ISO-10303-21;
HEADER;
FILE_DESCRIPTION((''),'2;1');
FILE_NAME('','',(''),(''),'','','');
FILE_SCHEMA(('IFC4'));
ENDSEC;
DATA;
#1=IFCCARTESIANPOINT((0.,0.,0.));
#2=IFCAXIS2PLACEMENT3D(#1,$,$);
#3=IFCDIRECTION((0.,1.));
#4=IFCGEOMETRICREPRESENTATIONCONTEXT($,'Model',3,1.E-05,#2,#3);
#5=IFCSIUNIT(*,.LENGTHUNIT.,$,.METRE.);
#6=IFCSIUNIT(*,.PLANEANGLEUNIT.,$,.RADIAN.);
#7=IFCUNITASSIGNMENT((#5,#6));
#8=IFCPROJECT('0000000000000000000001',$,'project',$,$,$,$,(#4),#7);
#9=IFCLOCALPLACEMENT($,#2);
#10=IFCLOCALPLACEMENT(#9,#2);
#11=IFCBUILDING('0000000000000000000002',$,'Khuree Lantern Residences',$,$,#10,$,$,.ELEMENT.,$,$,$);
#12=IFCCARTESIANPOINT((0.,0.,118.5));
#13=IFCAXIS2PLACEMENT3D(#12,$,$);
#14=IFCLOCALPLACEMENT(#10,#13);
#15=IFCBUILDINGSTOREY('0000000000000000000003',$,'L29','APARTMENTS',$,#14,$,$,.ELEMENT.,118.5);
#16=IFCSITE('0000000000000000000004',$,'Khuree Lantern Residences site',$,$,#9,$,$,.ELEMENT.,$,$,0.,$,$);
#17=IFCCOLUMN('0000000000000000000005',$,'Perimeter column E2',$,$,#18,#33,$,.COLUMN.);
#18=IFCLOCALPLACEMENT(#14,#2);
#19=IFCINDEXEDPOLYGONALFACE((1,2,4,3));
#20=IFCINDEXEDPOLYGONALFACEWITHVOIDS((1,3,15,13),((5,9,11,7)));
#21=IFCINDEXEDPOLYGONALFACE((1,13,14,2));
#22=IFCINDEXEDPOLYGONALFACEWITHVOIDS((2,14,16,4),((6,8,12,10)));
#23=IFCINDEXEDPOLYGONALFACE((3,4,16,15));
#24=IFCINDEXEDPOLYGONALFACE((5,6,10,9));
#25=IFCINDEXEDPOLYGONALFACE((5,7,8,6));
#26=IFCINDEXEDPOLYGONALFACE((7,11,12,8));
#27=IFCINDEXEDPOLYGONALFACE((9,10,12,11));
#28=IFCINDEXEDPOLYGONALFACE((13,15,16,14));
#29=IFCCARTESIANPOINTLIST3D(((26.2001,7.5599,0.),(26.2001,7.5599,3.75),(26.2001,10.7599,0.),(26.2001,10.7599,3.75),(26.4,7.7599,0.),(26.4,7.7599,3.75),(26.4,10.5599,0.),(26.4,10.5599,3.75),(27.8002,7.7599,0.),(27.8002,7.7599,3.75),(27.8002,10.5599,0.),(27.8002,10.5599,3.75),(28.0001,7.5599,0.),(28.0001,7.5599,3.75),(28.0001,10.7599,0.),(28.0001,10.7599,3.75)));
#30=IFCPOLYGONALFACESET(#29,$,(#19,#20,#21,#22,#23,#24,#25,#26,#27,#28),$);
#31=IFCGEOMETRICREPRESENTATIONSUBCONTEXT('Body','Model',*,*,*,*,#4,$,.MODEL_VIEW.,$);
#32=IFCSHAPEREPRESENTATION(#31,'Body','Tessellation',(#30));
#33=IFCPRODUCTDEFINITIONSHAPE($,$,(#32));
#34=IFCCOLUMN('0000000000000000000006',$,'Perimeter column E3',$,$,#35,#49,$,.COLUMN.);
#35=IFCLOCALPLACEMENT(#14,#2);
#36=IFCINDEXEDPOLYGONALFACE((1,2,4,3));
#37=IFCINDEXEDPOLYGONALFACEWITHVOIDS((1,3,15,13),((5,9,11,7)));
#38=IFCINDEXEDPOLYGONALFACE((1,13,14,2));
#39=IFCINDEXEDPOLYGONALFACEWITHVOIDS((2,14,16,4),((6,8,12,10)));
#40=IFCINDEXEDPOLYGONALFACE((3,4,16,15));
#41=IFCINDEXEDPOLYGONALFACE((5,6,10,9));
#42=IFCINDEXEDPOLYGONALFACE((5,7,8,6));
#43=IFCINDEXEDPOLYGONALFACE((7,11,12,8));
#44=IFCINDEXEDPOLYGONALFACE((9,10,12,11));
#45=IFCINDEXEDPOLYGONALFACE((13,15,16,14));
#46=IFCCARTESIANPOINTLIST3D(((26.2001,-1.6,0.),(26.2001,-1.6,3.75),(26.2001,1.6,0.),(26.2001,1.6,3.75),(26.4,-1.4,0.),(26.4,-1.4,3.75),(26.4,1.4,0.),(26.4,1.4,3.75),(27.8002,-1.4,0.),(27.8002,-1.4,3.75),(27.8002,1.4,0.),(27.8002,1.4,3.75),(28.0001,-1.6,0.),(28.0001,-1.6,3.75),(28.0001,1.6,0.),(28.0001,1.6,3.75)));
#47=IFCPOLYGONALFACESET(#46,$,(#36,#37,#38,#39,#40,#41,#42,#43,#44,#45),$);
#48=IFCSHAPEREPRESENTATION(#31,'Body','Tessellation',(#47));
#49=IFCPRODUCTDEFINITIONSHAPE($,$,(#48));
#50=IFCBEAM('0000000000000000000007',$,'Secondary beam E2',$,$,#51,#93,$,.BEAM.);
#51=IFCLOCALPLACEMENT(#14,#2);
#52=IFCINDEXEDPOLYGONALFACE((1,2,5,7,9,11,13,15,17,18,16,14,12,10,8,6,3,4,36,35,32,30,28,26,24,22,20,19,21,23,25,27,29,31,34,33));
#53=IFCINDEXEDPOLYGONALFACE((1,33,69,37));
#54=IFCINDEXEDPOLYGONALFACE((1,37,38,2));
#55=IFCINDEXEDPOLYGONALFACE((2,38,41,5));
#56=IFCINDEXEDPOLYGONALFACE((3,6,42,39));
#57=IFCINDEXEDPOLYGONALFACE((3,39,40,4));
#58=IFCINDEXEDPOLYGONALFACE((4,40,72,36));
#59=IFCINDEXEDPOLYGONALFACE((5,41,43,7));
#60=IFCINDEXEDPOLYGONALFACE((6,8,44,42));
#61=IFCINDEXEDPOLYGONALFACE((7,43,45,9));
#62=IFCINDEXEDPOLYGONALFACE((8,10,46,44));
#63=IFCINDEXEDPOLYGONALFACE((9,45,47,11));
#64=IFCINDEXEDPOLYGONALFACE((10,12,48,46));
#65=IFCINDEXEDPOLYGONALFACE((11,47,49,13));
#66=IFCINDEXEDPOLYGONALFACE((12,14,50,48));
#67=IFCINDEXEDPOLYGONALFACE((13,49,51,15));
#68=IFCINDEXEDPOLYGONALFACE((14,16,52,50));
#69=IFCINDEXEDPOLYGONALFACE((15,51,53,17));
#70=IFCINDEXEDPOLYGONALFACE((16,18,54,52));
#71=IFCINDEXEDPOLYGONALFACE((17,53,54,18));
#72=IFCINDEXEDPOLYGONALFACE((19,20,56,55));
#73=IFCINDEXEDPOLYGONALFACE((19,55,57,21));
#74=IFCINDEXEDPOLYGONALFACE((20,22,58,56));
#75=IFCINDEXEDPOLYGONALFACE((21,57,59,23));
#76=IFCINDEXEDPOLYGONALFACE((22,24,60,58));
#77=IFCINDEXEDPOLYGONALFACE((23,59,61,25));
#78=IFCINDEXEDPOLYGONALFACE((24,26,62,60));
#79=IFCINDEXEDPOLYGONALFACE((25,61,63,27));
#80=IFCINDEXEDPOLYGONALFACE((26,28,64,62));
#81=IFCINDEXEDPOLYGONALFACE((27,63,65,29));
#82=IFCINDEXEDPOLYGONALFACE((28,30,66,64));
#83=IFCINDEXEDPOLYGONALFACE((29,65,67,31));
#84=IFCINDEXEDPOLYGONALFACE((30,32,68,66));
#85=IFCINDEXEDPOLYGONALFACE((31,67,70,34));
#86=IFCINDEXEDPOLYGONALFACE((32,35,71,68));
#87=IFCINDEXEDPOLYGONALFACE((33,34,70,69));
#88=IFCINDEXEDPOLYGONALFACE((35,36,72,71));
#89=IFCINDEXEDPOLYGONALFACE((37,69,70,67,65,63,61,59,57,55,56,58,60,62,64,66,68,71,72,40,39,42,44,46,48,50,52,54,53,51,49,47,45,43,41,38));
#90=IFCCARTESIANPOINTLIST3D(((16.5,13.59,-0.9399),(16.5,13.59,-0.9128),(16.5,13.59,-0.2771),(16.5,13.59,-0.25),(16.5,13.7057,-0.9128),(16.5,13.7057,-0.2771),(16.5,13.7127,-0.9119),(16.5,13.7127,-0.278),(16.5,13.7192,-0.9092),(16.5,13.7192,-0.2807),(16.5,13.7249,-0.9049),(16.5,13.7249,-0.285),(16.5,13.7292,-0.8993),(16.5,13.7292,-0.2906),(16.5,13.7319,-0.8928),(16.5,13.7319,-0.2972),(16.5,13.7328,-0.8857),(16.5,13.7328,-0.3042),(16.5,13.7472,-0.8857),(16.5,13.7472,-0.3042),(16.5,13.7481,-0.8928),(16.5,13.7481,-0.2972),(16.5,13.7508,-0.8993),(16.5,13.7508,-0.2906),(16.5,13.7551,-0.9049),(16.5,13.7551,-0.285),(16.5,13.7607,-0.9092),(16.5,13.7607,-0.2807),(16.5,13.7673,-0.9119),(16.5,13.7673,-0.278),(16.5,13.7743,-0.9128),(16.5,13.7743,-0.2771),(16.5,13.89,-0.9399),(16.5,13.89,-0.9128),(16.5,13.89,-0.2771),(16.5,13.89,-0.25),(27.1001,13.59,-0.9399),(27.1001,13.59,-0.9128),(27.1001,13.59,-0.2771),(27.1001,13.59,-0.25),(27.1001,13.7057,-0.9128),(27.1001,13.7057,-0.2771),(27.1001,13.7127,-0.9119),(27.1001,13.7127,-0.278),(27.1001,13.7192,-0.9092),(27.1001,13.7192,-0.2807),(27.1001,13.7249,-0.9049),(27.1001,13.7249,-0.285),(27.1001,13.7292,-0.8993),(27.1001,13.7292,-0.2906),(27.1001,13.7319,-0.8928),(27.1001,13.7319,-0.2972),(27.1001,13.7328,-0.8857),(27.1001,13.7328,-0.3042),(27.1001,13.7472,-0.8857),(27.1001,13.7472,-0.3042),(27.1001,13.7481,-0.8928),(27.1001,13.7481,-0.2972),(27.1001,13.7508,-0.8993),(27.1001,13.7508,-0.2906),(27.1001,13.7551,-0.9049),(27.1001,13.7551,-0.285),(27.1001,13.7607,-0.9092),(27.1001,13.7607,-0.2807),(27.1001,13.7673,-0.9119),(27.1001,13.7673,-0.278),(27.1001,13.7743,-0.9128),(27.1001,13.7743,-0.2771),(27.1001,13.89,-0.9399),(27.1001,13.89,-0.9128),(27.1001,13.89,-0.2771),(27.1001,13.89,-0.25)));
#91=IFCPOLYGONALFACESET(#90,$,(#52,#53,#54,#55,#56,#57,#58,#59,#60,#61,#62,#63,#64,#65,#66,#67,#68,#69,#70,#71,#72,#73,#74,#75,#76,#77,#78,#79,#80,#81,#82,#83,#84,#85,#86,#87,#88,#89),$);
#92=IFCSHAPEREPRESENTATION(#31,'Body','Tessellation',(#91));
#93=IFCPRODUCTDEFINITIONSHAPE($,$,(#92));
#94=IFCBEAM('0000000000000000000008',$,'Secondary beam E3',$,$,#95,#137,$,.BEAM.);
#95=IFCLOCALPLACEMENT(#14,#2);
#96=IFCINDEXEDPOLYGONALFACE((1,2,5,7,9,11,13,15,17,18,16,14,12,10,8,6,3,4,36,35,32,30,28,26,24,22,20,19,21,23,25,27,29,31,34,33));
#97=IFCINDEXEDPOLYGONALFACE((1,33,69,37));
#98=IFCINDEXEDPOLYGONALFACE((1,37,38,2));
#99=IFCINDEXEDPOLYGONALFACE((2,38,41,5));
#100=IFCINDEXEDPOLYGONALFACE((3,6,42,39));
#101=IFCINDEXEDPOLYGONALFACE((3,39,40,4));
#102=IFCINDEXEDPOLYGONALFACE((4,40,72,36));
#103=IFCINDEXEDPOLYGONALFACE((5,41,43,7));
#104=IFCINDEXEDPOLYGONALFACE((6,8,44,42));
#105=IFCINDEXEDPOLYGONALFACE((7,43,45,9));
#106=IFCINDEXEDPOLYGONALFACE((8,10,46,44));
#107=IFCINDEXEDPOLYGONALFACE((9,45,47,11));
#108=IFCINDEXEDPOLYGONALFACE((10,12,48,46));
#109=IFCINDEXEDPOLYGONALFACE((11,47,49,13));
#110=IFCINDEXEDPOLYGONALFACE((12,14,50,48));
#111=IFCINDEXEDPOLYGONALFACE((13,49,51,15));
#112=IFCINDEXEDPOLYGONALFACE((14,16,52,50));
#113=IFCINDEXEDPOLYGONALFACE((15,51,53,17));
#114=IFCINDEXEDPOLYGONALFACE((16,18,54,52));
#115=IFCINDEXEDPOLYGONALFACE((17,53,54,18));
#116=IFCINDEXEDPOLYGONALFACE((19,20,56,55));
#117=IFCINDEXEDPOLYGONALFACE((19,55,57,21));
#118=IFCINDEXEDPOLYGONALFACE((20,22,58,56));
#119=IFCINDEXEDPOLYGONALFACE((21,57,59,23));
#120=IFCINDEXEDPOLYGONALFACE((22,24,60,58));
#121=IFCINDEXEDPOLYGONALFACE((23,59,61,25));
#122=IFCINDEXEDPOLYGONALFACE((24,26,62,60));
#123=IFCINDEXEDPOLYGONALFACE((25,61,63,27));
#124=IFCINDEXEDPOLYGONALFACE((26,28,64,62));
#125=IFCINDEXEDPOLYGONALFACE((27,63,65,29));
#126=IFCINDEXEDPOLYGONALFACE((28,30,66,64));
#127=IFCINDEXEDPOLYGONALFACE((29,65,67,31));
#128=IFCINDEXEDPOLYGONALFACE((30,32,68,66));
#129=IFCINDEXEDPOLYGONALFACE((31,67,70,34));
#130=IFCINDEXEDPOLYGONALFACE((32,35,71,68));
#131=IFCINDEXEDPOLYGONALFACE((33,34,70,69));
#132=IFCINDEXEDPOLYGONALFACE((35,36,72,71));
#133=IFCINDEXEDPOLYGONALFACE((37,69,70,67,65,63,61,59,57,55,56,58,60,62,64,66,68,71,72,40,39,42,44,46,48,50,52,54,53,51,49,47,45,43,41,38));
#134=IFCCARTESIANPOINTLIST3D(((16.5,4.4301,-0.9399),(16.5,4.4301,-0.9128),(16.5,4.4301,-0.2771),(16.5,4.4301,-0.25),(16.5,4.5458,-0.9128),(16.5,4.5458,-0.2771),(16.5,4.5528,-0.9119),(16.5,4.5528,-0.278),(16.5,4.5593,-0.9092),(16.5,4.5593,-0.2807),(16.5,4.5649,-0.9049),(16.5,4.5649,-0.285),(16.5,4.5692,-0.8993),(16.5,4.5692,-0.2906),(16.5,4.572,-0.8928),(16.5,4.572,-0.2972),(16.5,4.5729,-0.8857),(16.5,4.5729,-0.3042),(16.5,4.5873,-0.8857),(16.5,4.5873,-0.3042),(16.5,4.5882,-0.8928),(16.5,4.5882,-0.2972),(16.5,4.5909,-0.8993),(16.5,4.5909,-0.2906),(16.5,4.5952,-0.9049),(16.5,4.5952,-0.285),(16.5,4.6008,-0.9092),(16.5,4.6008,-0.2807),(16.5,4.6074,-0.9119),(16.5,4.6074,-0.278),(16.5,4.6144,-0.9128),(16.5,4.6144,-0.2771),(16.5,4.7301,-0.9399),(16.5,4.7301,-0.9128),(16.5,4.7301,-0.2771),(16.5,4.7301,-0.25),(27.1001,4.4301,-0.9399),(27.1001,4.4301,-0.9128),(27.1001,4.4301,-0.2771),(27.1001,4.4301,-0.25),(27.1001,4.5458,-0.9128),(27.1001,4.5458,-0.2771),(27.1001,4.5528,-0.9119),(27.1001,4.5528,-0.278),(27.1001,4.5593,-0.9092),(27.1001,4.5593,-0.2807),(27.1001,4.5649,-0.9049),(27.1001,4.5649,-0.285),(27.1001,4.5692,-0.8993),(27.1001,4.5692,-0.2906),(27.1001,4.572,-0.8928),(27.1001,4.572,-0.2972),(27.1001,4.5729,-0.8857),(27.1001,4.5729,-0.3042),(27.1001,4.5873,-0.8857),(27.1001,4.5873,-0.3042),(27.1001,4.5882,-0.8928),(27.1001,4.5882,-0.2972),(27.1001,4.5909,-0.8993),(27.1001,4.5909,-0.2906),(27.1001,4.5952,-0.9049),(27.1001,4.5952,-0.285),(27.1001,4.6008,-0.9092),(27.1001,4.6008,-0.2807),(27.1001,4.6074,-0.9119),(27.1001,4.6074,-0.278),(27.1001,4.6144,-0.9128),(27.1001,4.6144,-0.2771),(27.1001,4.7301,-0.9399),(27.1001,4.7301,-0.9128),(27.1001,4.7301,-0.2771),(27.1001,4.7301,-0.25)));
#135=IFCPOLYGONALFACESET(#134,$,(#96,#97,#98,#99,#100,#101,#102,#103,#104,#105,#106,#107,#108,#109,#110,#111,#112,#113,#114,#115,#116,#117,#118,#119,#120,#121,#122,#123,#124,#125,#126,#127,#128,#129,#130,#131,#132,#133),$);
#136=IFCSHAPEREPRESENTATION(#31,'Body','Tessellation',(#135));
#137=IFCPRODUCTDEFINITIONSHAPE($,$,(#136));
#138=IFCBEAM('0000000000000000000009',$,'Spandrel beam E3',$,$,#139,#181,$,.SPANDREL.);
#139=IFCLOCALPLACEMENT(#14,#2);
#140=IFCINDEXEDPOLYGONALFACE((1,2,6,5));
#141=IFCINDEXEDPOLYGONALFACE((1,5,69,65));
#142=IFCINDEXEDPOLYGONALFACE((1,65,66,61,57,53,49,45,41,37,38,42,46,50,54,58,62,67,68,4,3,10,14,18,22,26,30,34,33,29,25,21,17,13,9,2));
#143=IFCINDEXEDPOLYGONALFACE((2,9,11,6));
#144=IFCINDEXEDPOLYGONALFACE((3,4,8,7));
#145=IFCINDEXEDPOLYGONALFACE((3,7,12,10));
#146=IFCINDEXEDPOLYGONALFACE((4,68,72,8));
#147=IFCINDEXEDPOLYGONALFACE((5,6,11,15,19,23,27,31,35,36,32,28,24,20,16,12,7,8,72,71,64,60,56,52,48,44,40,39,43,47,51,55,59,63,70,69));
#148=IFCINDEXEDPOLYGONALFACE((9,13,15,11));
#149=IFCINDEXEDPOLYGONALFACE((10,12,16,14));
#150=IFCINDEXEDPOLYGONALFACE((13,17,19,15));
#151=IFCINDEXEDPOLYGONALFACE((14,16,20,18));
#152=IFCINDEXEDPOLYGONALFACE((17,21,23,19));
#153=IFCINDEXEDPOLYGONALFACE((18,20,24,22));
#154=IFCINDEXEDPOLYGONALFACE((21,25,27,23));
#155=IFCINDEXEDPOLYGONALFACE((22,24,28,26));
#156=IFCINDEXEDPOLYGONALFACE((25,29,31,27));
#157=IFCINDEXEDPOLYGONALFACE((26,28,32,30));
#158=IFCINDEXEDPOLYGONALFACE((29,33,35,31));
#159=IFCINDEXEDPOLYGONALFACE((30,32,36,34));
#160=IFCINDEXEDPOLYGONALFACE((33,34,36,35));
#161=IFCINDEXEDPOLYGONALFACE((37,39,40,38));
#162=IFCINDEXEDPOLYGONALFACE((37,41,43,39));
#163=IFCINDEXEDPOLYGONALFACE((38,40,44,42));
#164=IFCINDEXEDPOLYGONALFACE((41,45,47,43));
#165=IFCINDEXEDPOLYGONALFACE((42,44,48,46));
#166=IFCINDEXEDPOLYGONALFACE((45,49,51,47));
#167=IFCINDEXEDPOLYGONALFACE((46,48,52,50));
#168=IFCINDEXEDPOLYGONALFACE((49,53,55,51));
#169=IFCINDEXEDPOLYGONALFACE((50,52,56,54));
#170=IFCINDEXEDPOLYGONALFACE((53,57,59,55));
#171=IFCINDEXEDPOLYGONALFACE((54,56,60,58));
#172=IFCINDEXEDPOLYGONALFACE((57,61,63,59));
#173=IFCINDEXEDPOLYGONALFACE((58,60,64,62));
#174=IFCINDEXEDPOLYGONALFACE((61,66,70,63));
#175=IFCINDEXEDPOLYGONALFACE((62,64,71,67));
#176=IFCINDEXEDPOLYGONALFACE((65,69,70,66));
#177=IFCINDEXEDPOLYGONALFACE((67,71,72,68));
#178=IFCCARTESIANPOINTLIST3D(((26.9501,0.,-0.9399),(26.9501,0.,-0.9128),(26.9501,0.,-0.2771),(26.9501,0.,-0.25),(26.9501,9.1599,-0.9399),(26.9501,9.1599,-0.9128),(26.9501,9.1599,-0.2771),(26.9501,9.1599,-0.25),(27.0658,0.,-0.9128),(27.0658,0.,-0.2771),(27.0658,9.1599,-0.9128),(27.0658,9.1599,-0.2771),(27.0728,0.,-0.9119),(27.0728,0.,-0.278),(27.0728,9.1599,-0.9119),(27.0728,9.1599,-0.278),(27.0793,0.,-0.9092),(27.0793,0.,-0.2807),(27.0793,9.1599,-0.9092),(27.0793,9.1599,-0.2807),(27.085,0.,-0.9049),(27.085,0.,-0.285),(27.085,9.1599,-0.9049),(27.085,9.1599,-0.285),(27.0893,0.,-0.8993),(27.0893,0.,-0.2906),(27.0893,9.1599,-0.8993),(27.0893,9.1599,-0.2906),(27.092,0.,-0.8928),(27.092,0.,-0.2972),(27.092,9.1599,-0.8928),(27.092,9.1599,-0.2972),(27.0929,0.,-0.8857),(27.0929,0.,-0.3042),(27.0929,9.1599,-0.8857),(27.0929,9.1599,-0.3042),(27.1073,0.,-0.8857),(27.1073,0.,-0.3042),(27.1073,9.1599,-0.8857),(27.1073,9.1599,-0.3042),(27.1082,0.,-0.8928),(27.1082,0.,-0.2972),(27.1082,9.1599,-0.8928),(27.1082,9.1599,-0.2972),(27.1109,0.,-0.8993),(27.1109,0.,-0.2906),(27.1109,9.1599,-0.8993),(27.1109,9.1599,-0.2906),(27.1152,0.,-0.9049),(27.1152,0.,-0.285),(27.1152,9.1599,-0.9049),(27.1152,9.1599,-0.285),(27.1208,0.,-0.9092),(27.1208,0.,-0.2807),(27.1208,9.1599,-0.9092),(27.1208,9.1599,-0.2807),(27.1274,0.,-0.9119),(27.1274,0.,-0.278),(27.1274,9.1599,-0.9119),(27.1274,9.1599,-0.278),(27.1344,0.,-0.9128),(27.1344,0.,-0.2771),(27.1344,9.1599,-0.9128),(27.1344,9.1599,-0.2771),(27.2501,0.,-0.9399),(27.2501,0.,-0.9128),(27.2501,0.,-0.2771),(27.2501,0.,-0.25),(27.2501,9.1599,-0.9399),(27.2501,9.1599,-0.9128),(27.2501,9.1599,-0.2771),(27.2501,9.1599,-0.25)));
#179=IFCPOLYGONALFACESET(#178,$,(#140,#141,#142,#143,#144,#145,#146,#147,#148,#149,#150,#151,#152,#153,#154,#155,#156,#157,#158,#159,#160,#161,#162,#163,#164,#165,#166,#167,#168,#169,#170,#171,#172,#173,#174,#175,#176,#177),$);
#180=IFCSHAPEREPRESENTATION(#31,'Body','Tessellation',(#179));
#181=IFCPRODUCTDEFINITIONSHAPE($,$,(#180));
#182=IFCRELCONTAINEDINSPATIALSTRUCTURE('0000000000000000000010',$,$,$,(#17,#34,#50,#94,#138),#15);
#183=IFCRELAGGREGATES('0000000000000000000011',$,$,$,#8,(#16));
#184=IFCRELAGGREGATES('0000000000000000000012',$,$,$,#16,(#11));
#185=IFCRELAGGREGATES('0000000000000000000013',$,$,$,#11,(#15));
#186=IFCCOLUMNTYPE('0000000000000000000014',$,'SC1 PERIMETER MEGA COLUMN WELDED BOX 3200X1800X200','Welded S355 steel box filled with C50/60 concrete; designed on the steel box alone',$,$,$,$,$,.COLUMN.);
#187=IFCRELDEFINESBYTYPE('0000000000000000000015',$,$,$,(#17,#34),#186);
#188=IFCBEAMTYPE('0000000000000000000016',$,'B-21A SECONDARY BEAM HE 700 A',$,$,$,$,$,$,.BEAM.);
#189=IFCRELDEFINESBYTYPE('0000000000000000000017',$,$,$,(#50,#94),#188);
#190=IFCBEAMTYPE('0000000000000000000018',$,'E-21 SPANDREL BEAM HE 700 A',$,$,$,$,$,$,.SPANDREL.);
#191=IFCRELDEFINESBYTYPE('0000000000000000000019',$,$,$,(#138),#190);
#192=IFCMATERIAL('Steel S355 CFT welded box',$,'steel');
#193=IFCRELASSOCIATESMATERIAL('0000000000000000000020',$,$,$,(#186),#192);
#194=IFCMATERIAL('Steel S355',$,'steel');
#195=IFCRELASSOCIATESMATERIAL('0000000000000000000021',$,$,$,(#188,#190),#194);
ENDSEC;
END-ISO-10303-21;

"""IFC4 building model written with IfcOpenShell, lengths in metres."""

from ifc_helpers import new_model, si_unit, direction, frame, origin, origin_2d, place, context, subcontext, project, spatial, hollow_rectangle, i_section, extrude, material, material_profile, profile_set, type_object, element, save


model = new_model("IFC4")

# Units and contexts
model_context = context("Model", 3, precision=1e-05, world=origin(), true_north=direction((0.0, 1.0)))
body_context = subcontext(model_context, "Body", "Model", "MODEL_VIEW")
ifc_project = project(units=[si_unit("LENGTHUNIT", "METRE"), si_unit("PLANEANGLEUNIT", "RADIAN")], contexts=[model_context])

# Site, building, storey
site_placement = place(None, origin())
site = spatial("IfcSite", under=ifc_project, at=site_placement, Name="Khuree Lantern Residences site", CompositionType="ELEMENT", RefElevation=0.0)
building_placement = place(site_placement, origin())
building = spatial("IfcBuilding", under=site, at=building_placement, Name="Khuree Lantern Residences", CompositionType="ELEMENT")
storey_placement = place(building_placement, frame((0.0, 0.0, 118.5)))
storey = spatial("IfcBuildingStorey", under=building, at=storey_placement, Name="L29", Description="APARTMENTS", CompositionType="ELEMENT", Elevation=118.5)

# Columns
ifc_material_1 = material(Name="Steel S355 CFT welded box", Category="steel")
ifc_material_profile_1 = material_profile(ifc_material_1, hollow_rectangle(XDim=3.2, YDim=1.8, WallThickness=0.2, at=origin_2d()), Name="WELDED BOX 3200X1800X200")
ifc_profile_set_1 = profile_set([ifc_material_profile_1], Name="Steel S355 CFT welded box")
column_type = type_object("IfcColumnType", Name="SC1 PERIMETER MEGA COLUMN WELDED BOX 3200X1800X200", Description="Welded S355 steel box filled with C50/60 concrete; designed on the steel box alone", PredefinedType="COLUMN", material=ifc_profile_set_1)
for number, where, z_axis, x_axis, name in (
    (1, (27.1001, 9.1599, 0.0), (0.0, 0.0, 1.0), (0.0, 1.0, 0.0), "Perimeter column E2"),
    (2, (27.1001, 0.0, 0.0), (0.0, 0.0, 1.0), (0.0, 1.0, 0.0), "Perimeter column E3"),
):
    element("IfcColumn", number, at=place(storey_placement, frame(where, z_axis=z_axis, x_axis=x_axis)), inside=storey, type_object=column_type, Name=name, PredefinedType="COLUMN", context=body_context, shape_type="SweptSolid", body=[
        extrude(hollow_rectangle(XDim=3.2, YDim=1.8, WallThickness=0.2, at=origin_2d()), origin(), (0.0, 0.0, 1.0), 3.75),
    ])

# Beams
ifc_material_2 = material(Name="Steel S355", Category="steel")
ifc_material_profile_2 = material_profile(ifc_material_2, i_section(OverallWidth=0.3, OverallDepth=0.6899, WebThickness=0.0144, FlangeThickness=0.0271, FilletRadius=0.0271, at=origin_2d()), Name="HE 700 A")
ifc_profile_set_2 = profile_set([ifc_material_profile_2], Name="Steel S355")
beam_type_1 = type_object("IfcBeamType", Name="B-21A SECONDARY BEAM HE 700 A", PredefinedType="BEAM", material=ifc_profile_set_2)
for number, where, z_axis, x_axis, name in (
    (3, (27.1001, 13.74, -0.595), (-1.0, 0.0, 0.0), (0.0, -1.0, 0.0), "Secondary beam E2"),
    (4, (27.1001, 4.5801, -0.595), (-1.0, 0.0, 0.0), (0.0, -1.0, 0.0), "Secondary beam E3"),
):
    element("IfcBeam", number, at=place(storey_placement, frame(where, z_axis=z_axis, x_axis=x_axis)), inside=storey, type_object=beam_type_1, Name=name, PredefinedType="BEAM", context=body_context, shape_type="SweptSolid", body=[
        extrude(i_section(OverallWidth=0.3, OverallDepth=0.6899, WebThickness=0.0144, FlangeThickness=0.0271, FilletRadius=0.0271, at=origin_2d()), origin(), (0.0, 0.0, 1.0), 10.6001),
    ])
ifc_material_profile_3 = material_profile(ifc_material_2, i_section(OverallWidth=0.3, OverallDepth=0.6899, WebThickness=0.0144, FlangeThickness=0.0271, FilletRadius=0.0271, at=origin_2d()), Name="HE 700 A")
ifc_profile_set_3 = profile_set([ifc_material_profile_3], Name="Steel S355")
beam_type_2 = type_object("IfcBeamType", Name="E-21 SPANDREL BEAM HE 700 A", PredefinedType="SPANDREL", material=ifc_profile_set_3)
for number, where, z_axis, x_axis, name in (
    (5, (27.1001, 9.1599, -0.595), (0.0, -1.0, 0.0), (1.0, 0.0, 0.0), "Spandrel beam E3"),
):
    element("IfcBeam", number, at=place(storey_placement, frame(where, z_axis=z_axis, x_axis=x_axis)), inside=storey, type_object=beam_type_2, Name=name, PredefinedType="SPANDREL", context=body_context, shape_type="SweptSolid", body=[
        extrude(i_section(OverallWidth=0.3, OverallDepth=0.6899, WebThickness=0.0144, FlangeThickness=0.0271, FilletRadius=0.0271, at=origin_2d()), origin(), (0.0, 0.0, 1.0), 9.1599),
    ])

save(model, "model.ifc")
